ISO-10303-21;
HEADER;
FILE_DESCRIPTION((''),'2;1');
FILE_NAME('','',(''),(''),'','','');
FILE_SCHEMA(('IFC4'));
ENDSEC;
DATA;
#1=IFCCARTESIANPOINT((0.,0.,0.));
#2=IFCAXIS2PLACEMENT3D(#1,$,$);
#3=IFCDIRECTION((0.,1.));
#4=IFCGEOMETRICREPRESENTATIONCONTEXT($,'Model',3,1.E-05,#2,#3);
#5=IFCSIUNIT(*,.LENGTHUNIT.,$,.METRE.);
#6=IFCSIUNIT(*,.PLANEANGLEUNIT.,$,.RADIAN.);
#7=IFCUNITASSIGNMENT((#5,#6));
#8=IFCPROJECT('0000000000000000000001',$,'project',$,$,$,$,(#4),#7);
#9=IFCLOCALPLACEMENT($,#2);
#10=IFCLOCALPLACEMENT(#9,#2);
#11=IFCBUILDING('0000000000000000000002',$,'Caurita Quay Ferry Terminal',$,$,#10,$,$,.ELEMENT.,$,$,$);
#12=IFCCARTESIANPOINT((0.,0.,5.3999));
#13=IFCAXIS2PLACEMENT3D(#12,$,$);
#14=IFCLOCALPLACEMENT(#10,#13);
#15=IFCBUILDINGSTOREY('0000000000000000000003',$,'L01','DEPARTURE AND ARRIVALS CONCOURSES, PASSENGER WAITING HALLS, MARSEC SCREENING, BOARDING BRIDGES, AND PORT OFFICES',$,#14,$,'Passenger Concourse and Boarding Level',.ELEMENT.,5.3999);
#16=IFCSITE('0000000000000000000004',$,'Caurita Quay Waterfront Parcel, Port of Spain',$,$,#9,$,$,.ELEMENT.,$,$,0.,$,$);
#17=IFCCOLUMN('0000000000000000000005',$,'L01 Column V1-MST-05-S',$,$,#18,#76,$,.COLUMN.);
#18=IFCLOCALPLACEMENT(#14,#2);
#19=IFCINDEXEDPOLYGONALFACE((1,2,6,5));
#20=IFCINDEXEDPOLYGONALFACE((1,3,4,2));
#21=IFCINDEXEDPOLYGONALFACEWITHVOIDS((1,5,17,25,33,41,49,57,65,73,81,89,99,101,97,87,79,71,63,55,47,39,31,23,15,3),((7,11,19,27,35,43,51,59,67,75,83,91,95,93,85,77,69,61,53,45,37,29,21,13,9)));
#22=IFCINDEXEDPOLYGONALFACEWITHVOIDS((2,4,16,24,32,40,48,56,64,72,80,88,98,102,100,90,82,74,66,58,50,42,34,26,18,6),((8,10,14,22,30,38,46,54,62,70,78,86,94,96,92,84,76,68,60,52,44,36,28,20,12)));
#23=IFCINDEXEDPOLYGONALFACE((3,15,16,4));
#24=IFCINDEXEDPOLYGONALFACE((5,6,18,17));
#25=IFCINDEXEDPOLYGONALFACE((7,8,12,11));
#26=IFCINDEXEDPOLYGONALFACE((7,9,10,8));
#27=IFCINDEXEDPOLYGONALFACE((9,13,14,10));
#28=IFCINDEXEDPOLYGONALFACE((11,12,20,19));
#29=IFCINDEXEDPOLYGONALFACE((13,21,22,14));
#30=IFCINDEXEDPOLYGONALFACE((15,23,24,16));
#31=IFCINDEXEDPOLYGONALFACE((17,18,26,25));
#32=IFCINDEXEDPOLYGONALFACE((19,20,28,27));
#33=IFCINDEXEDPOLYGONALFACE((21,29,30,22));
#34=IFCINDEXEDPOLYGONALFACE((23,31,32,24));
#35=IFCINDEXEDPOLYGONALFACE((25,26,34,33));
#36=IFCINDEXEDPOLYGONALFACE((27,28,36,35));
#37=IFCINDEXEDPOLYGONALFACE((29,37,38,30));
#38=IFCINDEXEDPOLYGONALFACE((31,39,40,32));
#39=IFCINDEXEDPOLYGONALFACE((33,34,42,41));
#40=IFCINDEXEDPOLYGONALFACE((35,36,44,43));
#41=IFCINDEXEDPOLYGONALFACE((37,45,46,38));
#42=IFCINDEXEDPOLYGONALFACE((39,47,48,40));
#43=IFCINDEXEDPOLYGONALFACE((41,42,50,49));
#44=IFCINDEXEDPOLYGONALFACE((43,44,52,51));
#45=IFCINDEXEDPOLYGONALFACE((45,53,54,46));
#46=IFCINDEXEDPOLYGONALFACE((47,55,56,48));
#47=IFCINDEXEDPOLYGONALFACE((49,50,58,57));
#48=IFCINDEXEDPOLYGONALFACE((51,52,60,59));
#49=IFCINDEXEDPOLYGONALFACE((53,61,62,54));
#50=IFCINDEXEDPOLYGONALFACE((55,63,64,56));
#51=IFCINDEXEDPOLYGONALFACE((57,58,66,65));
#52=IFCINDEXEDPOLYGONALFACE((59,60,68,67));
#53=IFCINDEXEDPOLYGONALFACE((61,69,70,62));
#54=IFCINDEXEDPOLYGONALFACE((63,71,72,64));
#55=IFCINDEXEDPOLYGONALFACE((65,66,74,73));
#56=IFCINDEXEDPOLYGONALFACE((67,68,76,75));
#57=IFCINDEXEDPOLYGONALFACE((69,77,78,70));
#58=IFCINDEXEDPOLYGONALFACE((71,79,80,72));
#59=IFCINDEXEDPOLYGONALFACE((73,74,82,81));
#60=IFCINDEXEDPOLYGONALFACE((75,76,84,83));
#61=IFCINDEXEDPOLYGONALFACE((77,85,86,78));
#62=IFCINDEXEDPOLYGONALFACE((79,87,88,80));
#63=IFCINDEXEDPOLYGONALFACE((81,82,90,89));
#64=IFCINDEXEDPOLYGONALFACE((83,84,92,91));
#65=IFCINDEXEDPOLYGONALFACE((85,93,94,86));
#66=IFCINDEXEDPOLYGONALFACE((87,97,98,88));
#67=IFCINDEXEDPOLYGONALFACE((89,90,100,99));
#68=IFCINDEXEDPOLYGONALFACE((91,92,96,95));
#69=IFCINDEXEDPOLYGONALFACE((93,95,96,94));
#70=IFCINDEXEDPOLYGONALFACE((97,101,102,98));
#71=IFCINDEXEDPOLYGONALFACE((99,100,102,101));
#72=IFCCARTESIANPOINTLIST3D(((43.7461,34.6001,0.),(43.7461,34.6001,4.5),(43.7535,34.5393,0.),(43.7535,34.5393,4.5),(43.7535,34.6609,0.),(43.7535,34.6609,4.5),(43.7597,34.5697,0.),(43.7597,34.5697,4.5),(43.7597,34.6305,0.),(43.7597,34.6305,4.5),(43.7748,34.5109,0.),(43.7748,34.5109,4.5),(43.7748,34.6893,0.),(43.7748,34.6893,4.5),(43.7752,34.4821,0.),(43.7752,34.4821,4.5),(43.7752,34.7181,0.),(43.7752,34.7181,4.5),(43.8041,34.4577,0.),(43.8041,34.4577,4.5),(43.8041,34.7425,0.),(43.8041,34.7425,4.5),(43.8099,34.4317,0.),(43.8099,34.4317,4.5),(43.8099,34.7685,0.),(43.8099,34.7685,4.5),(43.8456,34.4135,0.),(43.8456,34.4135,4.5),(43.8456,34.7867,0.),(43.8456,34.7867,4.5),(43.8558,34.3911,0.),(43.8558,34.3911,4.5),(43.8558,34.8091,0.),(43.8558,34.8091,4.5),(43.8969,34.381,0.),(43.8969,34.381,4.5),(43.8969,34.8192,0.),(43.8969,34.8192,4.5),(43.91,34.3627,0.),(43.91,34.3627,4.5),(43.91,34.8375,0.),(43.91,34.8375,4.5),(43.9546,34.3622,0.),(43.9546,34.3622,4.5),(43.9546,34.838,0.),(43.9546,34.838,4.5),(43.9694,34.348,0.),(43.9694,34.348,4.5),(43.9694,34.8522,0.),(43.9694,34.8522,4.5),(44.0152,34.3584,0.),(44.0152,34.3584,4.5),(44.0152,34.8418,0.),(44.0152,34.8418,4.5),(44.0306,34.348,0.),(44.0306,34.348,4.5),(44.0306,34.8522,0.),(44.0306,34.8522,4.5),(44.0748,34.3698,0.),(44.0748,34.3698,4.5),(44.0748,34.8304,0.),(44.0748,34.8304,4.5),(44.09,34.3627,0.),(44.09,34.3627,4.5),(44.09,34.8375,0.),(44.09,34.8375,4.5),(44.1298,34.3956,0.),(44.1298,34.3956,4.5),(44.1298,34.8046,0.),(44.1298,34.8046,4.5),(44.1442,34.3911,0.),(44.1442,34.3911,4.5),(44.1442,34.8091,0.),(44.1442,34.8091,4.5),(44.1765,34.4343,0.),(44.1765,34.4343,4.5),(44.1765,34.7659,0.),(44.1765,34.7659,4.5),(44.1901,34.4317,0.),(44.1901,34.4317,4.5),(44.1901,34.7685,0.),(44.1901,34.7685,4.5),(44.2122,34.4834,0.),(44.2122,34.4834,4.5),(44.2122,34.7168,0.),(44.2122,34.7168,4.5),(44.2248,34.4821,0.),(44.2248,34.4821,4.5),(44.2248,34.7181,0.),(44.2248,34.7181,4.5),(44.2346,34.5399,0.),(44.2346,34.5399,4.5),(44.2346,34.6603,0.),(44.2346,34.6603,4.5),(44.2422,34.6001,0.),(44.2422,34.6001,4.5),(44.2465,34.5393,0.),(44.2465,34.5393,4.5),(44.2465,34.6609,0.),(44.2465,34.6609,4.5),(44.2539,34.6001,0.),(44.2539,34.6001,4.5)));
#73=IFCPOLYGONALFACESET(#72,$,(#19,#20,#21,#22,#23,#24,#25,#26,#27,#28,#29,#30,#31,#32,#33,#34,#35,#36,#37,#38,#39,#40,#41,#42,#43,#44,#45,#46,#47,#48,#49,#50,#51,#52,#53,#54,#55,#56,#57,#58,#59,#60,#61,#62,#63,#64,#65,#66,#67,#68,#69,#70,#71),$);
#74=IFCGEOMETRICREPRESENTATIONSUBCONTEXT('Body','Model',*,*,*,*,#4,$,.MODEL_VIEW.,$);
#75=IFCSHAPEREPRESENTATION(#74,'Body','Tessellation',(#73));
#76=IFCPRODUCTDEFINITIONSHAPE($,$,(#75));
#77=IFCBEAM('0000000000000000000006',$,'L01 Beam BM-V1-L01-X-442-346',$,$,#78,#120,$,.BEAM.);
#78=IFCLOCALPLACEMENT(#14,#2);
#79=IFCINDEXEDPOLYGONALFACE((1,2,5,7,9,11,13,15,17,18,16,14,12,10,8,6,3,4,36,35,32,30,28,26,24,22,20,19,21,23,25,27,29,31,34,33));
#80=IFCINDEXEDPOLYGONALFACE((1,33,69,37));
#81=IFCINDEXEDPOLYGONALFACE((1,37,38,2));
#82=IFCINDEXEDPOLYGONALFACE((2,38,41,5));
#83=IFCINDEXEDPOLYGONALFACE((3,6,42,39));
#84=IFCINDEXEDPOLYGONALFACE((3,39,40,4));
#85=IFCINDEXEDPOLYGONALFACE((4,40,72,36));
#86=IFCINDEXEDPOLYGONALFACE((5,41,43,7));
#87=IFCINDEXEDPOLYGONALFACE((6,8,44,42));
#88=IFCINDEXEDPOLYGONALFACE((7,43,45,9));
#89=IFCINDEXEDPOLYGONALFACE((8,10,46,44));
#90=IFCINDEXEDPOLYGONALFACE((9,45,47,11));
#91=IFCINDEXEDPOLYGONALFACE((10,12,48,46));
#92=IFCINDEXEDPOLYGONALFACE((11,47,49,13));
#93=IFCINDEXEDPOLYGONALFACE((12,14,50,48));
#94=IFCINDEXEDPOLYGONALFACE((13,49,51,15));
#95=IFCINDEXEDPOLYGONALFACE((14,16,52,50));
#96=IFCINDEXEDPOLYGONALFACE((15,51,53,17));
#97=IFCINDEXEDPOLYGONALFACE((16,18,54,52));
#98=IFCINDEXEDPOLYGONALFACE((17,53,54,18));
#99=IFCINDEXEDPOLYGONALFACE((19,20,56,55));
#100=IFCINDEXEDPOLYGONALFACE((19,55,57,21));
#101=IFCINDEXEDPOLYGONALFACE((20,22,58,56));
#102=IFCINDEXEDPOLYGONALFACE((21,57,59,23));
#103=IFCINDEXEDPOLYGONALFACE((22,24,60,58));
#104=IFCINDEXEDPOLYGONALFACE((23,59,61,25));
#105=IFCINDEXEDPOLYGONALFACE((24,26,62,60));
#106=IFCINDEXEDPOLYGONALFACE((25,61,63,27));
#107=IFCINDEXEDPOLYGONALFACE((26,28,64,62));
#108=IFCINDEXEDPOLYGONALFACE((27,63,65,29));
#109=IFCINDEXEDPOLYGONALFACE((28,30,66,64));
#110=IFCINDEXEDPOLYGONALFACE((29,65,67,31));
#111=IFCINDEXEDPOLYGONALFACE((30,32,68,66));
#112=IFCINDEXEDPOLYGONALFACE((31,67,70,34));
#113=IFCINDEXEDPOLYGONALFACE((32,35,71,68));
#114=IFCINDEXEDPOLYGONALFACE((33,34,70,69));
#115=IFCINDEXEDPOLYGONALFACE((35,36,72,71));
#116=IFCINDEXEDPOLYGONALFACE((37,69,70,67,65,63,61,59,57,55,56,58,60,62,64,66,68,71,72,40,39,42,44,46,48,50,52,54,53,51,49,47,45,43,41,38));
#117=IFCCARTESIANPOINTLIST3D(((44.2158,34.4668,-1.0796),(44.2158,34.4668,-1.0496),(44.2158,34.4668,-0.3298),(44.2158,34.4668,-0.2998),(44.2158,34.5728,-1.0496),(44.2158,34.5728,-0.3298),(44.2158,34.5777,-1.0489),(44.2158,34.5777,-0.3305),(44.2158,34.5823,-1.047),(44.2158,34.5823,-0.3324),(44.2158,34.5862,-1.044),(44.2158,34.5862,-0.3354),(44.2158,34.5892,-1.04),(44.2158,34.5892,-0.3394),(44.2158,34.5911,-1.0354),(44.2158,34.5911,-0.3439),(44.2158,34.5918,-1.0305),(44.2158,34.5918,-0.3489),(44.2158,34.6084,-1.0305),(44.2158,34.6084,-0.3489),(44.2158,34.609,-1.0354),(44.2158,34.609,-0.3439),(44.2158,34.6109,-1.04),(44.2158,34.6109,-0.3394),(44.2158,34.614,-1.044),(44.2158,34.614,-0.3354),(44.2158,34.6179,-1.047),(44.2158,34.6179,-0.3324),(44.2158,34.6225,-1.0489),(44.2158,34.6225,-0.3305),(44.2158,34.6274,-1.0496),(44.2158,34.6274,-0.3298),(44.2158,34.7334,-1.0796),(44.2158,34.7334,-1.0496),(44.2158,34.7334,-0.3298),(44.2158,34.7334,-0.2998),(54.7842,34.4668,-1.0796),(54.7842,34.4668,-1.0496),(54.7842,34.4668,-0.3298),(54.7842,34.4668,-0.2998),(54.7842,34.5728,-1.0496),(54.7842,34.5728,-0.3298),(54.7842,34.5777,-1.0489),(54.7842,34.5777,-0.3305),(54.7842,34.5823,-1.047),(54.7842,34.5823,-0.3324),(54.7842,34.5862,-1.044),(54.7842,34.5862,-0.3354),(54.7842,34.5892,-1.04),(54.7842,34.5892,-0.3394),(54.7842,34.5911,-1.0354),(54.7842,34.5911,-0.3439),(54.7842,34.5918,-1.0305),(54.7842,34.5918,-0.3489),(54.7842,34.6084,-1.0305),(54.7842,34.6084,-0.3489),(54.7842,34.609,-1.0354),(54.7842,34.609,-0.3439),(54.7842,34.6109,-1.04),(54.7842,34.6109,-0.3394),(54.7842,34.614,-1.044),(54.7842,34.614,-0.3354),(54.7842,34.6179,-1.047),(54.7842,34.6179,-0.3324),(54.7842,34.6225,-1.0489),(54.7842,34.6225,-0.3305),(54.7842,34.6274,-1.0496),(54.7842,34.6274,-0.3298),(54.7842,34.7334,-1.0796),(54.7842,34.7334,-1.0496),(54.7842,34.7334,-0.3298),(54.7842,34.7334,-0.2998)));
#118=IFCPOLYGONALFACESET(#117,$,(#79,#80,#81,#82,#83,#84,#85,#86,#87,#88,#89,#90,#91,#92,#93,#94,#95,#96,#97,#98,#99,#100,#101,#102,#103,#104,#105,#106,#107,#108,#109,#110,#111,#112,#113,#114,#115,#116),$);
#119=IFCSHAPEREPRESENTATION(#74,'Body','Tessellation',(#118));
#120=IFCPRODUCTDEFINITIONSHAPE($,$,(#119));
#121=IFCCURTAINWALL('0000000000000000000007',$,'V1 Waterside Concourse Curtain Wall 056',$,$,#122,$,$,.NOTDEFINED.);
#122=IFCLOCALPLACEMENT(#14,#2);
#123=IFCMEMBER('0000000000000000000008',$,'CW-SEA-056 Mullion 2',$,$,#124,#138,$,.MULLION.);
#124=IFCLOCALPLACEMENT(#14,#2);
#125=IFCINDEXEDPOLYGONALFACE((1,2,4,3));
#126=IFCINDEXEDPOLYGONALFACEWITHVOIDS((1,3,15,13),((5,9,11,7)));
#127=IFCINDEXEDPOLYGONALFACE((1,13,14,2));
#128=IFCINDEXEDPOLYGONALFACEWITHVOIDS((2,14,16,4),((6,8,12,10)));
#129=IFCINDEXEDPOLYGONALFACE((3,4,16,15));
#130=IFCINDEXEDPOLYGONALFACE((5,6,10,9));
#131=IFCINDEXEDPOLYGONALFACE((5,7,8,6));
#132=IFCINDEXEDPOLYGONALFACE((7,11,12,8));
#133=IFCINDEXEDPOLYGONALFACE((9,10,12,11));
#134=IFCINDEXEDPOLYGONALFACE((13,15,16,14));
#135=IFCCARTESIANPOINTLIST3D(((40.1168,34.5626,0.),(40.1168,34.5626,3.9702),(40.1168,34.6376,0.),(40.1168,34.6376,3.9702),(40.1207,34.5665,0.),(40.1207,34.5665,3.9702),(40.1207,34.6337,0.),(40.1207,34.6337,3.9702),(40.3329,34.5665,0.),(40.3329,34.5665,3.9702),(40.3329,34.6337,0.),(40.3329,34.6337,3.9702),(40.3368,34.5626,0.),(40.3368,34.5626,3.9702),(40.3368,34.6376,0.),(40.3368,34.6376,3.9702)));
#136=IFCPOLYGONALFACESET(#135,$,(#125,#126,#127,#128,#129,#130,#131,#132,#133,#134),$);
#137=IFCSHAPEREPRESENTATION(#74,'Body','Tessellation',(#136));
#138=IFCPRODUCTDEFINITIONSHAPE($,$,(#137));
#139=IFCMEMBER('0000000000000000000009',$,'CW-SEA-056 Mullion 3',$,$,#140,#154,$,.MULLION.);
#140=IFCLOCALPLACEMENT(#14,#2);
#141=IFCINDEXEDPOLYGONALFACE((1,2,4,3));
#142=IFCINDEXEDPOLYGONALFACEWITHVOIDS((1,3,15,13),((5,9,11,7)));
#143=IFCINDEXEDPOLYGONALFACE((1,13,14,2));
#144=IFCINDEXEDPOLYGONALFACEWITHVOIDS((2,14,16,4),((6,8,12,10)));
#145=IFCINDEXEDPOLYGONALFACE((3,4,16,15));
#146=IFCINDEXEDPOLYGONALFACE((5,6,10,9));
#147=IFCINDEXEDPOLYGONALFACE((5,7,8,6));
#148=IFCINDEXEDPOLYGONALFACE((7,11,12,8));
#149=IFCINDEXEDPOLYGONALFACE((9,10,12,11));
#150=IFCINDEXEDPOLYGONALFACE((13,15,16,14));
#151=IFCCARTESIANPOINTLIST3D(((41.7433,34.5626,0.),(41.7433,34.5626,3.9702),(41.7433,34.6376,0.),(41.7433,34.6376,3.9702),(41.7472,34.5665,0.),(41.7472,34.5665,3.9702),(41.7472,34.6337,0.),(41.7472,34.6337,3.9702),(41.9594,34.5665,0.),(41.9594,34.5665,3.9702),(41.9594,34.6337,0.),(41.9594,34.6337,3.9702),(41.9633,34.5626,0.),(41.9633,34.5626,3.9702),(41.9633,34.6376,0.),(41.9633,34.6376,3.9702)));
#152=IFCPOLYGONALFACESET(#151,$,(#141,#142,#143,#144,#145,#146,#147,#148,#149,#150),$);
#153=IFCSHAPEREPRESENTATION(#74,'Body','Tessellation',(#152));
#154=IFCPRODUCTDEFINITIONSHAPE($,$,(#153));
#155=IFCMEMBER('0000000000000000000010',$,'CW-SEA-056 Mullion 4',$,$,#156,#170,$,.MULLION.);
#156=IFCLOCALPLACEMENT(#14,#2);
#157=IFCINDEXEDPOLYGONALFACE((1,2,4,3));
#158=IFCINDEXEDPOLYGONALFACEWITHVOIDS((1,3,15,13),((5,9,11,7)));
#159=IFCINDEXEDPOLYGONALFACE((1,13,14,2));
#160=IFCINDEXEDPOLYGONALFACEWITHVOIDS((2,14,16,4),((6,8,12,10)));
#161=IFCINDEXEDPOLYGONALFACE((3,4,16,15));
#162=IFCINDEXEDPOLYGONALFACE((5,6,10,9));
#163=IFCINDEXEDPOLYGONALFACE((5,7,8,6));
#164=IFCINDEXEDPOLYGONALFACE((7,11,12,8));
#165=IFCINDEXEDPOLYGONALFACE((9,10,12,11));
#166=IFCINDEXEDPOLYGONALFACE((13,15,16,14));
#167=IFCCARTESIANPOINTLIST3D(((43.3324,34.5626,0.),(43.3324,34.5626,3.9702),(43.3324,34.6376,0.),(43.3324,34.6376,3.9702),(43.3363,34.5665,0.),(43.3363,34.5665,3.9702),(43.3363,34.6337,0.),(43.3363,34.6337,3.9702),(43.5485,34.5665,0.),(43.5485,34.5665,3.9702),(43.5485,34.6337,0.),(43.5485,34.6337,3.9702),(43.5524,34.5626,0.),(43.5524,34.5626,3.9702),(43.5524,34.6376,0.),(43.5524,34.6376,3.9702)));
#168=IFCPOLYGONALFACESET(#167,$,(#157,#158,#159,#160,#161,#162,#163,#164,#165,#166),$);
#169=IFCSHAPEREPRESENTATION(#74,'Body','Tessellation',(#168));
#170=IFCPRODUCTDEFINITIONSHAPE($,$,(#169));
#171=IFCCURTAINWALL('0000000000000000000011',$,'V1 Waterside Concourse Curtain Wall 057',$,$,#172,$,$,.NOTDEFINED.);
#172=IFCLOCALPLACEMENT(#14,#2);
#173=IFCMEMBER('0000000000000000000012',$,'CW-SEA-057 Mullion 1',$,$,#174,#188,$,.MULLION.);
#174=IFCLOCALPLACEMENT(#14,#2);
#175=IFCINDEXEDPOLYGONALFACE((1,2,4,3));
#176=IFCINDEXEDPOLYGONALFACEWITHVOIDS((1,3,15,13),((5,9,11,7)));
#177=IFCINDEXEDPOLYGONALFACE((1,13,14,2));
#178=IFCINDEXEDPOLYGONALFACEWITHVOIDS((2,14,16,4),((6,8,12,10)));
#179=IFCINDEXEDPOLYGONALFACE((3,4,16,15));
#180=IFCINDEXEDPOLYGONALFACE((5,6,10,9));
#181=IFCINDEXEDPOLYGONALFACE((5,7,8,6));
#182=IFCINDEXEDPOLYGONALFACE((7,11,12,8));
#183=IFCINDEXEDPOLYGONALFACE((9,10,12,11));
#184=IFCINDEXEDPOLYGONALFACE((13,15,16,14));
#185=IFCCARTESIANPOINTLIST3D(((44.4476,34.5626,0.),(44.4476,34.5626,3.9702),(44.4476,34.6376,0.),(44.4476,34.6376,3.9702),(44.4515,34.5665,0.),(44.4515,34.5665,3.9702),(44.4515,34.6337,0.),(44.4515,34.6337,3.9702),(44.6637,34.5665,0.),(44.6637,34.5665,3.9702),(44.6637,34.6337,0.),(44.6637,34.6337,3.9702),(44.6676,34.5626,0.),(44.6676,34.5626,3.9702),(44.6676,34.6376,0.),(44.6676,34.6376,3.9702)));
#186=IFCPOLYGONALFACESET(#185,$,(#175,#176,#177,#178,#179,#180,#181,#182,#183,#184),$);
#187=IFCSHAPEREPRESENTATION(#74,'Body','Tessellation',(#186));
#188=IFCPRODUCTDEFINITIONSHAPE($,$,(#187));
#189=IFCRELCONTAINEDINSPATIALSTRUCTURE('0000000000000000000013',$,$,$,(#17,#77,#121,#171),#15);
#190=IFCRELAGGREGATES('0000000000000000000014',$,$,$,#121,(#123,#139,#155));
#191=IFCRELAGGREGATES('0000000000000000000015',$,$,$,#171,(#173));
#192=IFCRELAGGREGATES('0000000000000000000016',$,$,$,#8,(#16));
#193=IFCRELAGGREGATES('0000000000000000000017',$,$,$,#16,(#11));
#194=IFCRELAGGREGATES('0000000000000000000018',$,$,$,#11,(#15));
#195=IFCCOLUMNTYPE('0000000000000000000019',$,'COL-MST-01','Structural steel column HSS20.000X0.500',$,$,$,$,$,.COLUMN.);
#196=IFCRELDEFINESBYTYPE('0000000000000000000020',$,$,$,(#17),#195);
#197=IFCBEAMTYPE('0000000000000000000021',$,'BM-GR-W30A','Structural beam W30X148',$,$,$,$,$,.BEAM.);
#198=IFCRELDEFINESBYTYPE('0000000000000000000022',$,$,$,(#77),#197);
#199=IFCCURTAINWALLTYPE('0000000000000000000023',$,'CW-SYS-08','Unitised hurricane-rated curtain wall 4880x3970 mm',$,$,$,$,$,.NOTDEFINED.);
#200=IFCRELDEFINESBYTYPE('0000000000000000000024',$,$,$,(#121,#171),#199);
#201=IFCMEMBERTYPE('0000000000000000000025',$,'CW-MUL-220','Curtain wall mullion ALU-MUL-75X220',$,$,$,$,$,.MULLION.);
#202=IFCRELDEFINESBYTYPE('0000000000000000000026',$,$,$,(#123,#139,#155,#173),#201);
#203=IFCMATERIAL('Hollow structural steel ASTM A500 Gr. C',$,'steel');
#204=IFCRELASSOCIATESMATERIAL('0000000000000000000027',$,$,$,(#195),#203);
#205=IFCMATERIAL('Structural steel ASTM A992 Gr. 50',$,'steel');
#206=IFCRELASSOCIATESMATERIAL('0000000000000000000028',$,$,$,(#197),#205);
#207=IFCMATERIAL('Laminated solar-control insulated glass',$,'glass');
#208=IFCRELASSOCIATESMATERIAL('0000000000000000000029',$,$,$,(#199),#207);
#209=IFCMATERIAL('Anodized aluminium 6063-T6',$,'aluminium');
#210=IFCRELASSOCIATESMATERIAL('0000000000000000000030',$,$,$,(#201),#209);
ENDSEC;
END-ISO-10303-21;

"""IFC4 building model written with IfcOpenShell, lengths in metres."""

from ifc_helpers import new_model, si_unit, direction, frame, origin, origin_2d, place, context, subcontext, project, spatial, hollow_rectangle, hollow_circle, i_section, extrude, material, material_profile, profile_set, type_object, element, aggregate, save


model = new_model("IFC4")

# Units and contexts
model_context = context("Model", 3, precision=1e-05, world=origin(), true_north=direction((0.0, 1.0)))
body_context = subcontext(model_context, "Body", "Model", "MODEL_VIEW")
ifc_project = project(units=[si_unit("LENGTHUNIT", "METRE"), si_unit("PLANEANGLEUNIT", "RADIAN")], contexts=[model_context])

# Site, building, storey
site_placement = place(None, origin())
site = spatial("IfcSite", under=ifc_project, at=site_placement, Name="Caurita Quay Waterfront Parcel, Port of Spain", CompositionType="ELEMENT", RefElevation=0.0)
building_placement = place(site_placement, origin())
building = spatial("IfcBuilding", under=site, at=building_placement, Name="Caurita Quay Ferry Terminal", CompositionType="ELEMENT")
storey_placement = place(building_placement, frame((0.0, 0.0, 5.3999)))
storey = spatial("IfcBuildingStorey", under=building, at=storey_placement, Name="L01", Description="DEPARTURE AND ARRIVALS CONCOURSES, PASSENGER WAITING HALLS, MARSEC SCREENING, BOARDING BRIDGES, AND PORT OFFICES", LongName="Passenger Concourse and Boarding Level", CompositionType="ELEMENT", Elevation=5.3999)

# Column
ifc_material_1 = material(Name="Hollow structural steel ASTM A500 Gr. C", Category="steel")
ifc_material_profile_1 = material_profile(ifc_material_1, hollow_circle(Radius=0.2539, WallThickness=0.0117, at=origin_2d()), Name="HSS20.000X0.500")
ifc_profile_set_1 = profile_set([ifc_material_profile_1], Name="Hollow structural steel ASTM A500 Gr. C")
column_type = type_object("IfcColumnType", Name="COL-MST-01", Description="Structural steel column HSS20.000X0.500", PredefinedType="COLUMN", material=ifc_profile_set_1)
column_placement = place(storey_placement, frame((44.0, 34.6001, 0.0), z_axis=(0.0, 0.0, 1.0), x_axis=(1.0, 0.0, 0.0)))
element("IfcColumn", 1, at=column_placement, inside=storey, type_object=column_type, Name="L01 Column V1-MST-05-S", PredefinedType="COLUMN", context=body_context, shape_type="SweptSolid", body=[
    extrude(hollow_circle(Radius=0.2539, WallThickness=0.0117, at=origin_2d()), origin(), (0.0, 0.0, 1.0), 4.5),
])

# Beam
ifc_material_2 = material(Name="Structural steel ASTM A992 Gr. 50", Category="steel")
ifc_material_profile_2 = material_profile(ifc_material_2, i_section(OverallWidth=0.2666, OverallDepth=0.7798, WebThickness=0.0166, FlangeThickness=0.03, FilletRadius=0.019, at=origin_2d()), Name="W30X148")
ifc_profile_set_2 = profile_set([ifc_material_profile_2], Name="Structural steel ASTM A992 Gr. 50")
beam_type = type_object("IfcBeamType", Name="BM-GR-W30A", Description="Structural beam W30X148", PredefinedType="BEAM", material=ifc_profile_set_2)
beam_placement = place(storey_placement, frame((44.2158, 34.6001, -0.6897), z_axis=(1.0, 0.0, 0.0), x_axis=(0.0, 1.0, 0.0)))
element("IfcBeam", 2, at=beam_placement, inside=storey, type_object=beam_type, Name="L01 Beam BM-V1-L01-X-442-346", PredefinedType="BEAM", context=body_context, shape_type="SweptSolid", body=[
    extrude(i_section(OverallWidth=0.2666, OverallDepth=0.7798, WebThickness=0.0166, FlangeThickness=0.03, FilletRadius=0.019, at=origin_2d()), origin(), (0.0, 0.0, 1.0), 10.5684),
])

# Curtain wall, members
ifc_material_3 = material(Name="Laminated solar-control insulated glass", Category="glass")
curtain_wall_type = type_object("IfcCurtainWallType", Name="CW-SYS-08", Description="Unitised hurricane-rated curtain wall 4880x3970 mm", PredefinedType="NOTDEFINED", material=ifc_material_3)
curtain_wall_1_placement = place(storey_placement, origin())
curtain_wall_1 = element("IfcCurtainWall", 3, at=curtain_wall_1_placement, inside=storey, type_object=curtain_wall_type, Name="V1 Waterside Concourse Curtain Wall 056", PredefinedType="NOTDEFINED")
ifc_material_4 = material(Name="Anodized aluminium 6063-T6", Category="aluminium")
ifc_material_profile_3 = material_profile(ifc_material_4, hollow_rectangle(XDim=0.075, YDim=0.22, WallThickness=0.0039, at=origin_2d()), Name="ALU-MUL-75X220")
ifc_profile_set_3 = profile_set([ifc_material_profile_3], Name="Anodized aluminium 6063-T6")
member_type_1 = type_object("IfcMemberType", Name="CW-MUL-220", Description="Curtain wall mullion ALU-MUL-75X220", PredefinedType="MULLION", material=ifc_profile_set_3)
member_1_placement = place(storey_placement, frame((40.2268, 34.6001, 0.0), z_axis=(0.0, 0.0, 1.0), x_axis=(0.0, 1.0, 0.0)))
member_1 = element("IfcMember", 4, at=member_1_placement, type_object=member_type_1, Name="CW-SEA-056 Mullion 2", PredefinedType="MULLION", context=body_context, shape_type="SweptSolid", body=[
    extrude(hollow_rectangle(XDim=0.075, YDim=0.22, WallThickness=0.0039, at=origin_2d()), origin(), (0.0, 0.0, 1.0), 3.9702),
])
member_2_placement = place(storey_placement, frame((41.8533, 34.6001, 0.0), z_axis=(0.0, 0.0, 1.0), x_axis=(0.0, 1.0, 0.0)))
member_2 = element("IfcMember", 5, at=member_2_placement, type_object=member_type_1, Name="CW-SEA-056 Mullion 3", PredefinedType="MULLION", context=body_context, shape_type="SweptSolid", body=[
    extrude(hollow_rectangle(XDim=0.075, YDim=0.22, WallThickness=0.0039, at=origin_2d()), origin(), (0.0, 0.0, 1.0), 3.9702),
])
member_3_placement = place(storey_placement, frame((43.4424, 34.6001, 0.0), z_axis=(0.0, 0.0, 1.0), x_axis=(0.0, 1.0, 0.0)))
member_3 = element("IfcMember", 6, at=member_3_placement, type_object=member_type_1, Name="CW-SEA-056 Mullion 4", PredefinedType="MULLION", context=body_context, shape_type="SweptSolid", body=[
    extrude(hollow_rectangle(XDim=0.075, YDim=0.22, WallThickness=0.0039, at=origin_2d()), origin(), (0.0, 0.0, 1.0), 3.9702),
])

# Curtain wall, member
curtain_wall_2_placement = place(storey_placement, origin())
curtain_wall_2 = element("IfcCurtainWall", 7, at=curtain_wall_2_placement, inside=storey, type_object=curtain_wall_type, Name="V1 Waterside Concourse Curtain Wall 057", PredefinedType="NOTDEFINED")
member_4_placement = place(storey_placement, frame((44.5576, 34.6001, 0.0), z_axis=(0.0, 0.0, 1.0), x_axis=(0.0, 1.0, 0.0)))
member_4 = element("IfcMember", 8, at=member_4_placement, type_object=member_type_1, Name="CW-SEA-057 Mullion 1", PredefinedType="MULLION", context=body_context, shape_type="SweptSolid", body=[
    extrude(hollow_rectangle(XDim=0.075, YDim=0.22, WallThickness=0.0039, at=origin_2d()), origin(), (0.0, 0.0, 1.0), 3.9702),
])

aggregate(curtain_wall_1, [member_1, member_2, member_3])
aggregate(curtain_wall_2, [member_4])

save(model, "model.ifc")
